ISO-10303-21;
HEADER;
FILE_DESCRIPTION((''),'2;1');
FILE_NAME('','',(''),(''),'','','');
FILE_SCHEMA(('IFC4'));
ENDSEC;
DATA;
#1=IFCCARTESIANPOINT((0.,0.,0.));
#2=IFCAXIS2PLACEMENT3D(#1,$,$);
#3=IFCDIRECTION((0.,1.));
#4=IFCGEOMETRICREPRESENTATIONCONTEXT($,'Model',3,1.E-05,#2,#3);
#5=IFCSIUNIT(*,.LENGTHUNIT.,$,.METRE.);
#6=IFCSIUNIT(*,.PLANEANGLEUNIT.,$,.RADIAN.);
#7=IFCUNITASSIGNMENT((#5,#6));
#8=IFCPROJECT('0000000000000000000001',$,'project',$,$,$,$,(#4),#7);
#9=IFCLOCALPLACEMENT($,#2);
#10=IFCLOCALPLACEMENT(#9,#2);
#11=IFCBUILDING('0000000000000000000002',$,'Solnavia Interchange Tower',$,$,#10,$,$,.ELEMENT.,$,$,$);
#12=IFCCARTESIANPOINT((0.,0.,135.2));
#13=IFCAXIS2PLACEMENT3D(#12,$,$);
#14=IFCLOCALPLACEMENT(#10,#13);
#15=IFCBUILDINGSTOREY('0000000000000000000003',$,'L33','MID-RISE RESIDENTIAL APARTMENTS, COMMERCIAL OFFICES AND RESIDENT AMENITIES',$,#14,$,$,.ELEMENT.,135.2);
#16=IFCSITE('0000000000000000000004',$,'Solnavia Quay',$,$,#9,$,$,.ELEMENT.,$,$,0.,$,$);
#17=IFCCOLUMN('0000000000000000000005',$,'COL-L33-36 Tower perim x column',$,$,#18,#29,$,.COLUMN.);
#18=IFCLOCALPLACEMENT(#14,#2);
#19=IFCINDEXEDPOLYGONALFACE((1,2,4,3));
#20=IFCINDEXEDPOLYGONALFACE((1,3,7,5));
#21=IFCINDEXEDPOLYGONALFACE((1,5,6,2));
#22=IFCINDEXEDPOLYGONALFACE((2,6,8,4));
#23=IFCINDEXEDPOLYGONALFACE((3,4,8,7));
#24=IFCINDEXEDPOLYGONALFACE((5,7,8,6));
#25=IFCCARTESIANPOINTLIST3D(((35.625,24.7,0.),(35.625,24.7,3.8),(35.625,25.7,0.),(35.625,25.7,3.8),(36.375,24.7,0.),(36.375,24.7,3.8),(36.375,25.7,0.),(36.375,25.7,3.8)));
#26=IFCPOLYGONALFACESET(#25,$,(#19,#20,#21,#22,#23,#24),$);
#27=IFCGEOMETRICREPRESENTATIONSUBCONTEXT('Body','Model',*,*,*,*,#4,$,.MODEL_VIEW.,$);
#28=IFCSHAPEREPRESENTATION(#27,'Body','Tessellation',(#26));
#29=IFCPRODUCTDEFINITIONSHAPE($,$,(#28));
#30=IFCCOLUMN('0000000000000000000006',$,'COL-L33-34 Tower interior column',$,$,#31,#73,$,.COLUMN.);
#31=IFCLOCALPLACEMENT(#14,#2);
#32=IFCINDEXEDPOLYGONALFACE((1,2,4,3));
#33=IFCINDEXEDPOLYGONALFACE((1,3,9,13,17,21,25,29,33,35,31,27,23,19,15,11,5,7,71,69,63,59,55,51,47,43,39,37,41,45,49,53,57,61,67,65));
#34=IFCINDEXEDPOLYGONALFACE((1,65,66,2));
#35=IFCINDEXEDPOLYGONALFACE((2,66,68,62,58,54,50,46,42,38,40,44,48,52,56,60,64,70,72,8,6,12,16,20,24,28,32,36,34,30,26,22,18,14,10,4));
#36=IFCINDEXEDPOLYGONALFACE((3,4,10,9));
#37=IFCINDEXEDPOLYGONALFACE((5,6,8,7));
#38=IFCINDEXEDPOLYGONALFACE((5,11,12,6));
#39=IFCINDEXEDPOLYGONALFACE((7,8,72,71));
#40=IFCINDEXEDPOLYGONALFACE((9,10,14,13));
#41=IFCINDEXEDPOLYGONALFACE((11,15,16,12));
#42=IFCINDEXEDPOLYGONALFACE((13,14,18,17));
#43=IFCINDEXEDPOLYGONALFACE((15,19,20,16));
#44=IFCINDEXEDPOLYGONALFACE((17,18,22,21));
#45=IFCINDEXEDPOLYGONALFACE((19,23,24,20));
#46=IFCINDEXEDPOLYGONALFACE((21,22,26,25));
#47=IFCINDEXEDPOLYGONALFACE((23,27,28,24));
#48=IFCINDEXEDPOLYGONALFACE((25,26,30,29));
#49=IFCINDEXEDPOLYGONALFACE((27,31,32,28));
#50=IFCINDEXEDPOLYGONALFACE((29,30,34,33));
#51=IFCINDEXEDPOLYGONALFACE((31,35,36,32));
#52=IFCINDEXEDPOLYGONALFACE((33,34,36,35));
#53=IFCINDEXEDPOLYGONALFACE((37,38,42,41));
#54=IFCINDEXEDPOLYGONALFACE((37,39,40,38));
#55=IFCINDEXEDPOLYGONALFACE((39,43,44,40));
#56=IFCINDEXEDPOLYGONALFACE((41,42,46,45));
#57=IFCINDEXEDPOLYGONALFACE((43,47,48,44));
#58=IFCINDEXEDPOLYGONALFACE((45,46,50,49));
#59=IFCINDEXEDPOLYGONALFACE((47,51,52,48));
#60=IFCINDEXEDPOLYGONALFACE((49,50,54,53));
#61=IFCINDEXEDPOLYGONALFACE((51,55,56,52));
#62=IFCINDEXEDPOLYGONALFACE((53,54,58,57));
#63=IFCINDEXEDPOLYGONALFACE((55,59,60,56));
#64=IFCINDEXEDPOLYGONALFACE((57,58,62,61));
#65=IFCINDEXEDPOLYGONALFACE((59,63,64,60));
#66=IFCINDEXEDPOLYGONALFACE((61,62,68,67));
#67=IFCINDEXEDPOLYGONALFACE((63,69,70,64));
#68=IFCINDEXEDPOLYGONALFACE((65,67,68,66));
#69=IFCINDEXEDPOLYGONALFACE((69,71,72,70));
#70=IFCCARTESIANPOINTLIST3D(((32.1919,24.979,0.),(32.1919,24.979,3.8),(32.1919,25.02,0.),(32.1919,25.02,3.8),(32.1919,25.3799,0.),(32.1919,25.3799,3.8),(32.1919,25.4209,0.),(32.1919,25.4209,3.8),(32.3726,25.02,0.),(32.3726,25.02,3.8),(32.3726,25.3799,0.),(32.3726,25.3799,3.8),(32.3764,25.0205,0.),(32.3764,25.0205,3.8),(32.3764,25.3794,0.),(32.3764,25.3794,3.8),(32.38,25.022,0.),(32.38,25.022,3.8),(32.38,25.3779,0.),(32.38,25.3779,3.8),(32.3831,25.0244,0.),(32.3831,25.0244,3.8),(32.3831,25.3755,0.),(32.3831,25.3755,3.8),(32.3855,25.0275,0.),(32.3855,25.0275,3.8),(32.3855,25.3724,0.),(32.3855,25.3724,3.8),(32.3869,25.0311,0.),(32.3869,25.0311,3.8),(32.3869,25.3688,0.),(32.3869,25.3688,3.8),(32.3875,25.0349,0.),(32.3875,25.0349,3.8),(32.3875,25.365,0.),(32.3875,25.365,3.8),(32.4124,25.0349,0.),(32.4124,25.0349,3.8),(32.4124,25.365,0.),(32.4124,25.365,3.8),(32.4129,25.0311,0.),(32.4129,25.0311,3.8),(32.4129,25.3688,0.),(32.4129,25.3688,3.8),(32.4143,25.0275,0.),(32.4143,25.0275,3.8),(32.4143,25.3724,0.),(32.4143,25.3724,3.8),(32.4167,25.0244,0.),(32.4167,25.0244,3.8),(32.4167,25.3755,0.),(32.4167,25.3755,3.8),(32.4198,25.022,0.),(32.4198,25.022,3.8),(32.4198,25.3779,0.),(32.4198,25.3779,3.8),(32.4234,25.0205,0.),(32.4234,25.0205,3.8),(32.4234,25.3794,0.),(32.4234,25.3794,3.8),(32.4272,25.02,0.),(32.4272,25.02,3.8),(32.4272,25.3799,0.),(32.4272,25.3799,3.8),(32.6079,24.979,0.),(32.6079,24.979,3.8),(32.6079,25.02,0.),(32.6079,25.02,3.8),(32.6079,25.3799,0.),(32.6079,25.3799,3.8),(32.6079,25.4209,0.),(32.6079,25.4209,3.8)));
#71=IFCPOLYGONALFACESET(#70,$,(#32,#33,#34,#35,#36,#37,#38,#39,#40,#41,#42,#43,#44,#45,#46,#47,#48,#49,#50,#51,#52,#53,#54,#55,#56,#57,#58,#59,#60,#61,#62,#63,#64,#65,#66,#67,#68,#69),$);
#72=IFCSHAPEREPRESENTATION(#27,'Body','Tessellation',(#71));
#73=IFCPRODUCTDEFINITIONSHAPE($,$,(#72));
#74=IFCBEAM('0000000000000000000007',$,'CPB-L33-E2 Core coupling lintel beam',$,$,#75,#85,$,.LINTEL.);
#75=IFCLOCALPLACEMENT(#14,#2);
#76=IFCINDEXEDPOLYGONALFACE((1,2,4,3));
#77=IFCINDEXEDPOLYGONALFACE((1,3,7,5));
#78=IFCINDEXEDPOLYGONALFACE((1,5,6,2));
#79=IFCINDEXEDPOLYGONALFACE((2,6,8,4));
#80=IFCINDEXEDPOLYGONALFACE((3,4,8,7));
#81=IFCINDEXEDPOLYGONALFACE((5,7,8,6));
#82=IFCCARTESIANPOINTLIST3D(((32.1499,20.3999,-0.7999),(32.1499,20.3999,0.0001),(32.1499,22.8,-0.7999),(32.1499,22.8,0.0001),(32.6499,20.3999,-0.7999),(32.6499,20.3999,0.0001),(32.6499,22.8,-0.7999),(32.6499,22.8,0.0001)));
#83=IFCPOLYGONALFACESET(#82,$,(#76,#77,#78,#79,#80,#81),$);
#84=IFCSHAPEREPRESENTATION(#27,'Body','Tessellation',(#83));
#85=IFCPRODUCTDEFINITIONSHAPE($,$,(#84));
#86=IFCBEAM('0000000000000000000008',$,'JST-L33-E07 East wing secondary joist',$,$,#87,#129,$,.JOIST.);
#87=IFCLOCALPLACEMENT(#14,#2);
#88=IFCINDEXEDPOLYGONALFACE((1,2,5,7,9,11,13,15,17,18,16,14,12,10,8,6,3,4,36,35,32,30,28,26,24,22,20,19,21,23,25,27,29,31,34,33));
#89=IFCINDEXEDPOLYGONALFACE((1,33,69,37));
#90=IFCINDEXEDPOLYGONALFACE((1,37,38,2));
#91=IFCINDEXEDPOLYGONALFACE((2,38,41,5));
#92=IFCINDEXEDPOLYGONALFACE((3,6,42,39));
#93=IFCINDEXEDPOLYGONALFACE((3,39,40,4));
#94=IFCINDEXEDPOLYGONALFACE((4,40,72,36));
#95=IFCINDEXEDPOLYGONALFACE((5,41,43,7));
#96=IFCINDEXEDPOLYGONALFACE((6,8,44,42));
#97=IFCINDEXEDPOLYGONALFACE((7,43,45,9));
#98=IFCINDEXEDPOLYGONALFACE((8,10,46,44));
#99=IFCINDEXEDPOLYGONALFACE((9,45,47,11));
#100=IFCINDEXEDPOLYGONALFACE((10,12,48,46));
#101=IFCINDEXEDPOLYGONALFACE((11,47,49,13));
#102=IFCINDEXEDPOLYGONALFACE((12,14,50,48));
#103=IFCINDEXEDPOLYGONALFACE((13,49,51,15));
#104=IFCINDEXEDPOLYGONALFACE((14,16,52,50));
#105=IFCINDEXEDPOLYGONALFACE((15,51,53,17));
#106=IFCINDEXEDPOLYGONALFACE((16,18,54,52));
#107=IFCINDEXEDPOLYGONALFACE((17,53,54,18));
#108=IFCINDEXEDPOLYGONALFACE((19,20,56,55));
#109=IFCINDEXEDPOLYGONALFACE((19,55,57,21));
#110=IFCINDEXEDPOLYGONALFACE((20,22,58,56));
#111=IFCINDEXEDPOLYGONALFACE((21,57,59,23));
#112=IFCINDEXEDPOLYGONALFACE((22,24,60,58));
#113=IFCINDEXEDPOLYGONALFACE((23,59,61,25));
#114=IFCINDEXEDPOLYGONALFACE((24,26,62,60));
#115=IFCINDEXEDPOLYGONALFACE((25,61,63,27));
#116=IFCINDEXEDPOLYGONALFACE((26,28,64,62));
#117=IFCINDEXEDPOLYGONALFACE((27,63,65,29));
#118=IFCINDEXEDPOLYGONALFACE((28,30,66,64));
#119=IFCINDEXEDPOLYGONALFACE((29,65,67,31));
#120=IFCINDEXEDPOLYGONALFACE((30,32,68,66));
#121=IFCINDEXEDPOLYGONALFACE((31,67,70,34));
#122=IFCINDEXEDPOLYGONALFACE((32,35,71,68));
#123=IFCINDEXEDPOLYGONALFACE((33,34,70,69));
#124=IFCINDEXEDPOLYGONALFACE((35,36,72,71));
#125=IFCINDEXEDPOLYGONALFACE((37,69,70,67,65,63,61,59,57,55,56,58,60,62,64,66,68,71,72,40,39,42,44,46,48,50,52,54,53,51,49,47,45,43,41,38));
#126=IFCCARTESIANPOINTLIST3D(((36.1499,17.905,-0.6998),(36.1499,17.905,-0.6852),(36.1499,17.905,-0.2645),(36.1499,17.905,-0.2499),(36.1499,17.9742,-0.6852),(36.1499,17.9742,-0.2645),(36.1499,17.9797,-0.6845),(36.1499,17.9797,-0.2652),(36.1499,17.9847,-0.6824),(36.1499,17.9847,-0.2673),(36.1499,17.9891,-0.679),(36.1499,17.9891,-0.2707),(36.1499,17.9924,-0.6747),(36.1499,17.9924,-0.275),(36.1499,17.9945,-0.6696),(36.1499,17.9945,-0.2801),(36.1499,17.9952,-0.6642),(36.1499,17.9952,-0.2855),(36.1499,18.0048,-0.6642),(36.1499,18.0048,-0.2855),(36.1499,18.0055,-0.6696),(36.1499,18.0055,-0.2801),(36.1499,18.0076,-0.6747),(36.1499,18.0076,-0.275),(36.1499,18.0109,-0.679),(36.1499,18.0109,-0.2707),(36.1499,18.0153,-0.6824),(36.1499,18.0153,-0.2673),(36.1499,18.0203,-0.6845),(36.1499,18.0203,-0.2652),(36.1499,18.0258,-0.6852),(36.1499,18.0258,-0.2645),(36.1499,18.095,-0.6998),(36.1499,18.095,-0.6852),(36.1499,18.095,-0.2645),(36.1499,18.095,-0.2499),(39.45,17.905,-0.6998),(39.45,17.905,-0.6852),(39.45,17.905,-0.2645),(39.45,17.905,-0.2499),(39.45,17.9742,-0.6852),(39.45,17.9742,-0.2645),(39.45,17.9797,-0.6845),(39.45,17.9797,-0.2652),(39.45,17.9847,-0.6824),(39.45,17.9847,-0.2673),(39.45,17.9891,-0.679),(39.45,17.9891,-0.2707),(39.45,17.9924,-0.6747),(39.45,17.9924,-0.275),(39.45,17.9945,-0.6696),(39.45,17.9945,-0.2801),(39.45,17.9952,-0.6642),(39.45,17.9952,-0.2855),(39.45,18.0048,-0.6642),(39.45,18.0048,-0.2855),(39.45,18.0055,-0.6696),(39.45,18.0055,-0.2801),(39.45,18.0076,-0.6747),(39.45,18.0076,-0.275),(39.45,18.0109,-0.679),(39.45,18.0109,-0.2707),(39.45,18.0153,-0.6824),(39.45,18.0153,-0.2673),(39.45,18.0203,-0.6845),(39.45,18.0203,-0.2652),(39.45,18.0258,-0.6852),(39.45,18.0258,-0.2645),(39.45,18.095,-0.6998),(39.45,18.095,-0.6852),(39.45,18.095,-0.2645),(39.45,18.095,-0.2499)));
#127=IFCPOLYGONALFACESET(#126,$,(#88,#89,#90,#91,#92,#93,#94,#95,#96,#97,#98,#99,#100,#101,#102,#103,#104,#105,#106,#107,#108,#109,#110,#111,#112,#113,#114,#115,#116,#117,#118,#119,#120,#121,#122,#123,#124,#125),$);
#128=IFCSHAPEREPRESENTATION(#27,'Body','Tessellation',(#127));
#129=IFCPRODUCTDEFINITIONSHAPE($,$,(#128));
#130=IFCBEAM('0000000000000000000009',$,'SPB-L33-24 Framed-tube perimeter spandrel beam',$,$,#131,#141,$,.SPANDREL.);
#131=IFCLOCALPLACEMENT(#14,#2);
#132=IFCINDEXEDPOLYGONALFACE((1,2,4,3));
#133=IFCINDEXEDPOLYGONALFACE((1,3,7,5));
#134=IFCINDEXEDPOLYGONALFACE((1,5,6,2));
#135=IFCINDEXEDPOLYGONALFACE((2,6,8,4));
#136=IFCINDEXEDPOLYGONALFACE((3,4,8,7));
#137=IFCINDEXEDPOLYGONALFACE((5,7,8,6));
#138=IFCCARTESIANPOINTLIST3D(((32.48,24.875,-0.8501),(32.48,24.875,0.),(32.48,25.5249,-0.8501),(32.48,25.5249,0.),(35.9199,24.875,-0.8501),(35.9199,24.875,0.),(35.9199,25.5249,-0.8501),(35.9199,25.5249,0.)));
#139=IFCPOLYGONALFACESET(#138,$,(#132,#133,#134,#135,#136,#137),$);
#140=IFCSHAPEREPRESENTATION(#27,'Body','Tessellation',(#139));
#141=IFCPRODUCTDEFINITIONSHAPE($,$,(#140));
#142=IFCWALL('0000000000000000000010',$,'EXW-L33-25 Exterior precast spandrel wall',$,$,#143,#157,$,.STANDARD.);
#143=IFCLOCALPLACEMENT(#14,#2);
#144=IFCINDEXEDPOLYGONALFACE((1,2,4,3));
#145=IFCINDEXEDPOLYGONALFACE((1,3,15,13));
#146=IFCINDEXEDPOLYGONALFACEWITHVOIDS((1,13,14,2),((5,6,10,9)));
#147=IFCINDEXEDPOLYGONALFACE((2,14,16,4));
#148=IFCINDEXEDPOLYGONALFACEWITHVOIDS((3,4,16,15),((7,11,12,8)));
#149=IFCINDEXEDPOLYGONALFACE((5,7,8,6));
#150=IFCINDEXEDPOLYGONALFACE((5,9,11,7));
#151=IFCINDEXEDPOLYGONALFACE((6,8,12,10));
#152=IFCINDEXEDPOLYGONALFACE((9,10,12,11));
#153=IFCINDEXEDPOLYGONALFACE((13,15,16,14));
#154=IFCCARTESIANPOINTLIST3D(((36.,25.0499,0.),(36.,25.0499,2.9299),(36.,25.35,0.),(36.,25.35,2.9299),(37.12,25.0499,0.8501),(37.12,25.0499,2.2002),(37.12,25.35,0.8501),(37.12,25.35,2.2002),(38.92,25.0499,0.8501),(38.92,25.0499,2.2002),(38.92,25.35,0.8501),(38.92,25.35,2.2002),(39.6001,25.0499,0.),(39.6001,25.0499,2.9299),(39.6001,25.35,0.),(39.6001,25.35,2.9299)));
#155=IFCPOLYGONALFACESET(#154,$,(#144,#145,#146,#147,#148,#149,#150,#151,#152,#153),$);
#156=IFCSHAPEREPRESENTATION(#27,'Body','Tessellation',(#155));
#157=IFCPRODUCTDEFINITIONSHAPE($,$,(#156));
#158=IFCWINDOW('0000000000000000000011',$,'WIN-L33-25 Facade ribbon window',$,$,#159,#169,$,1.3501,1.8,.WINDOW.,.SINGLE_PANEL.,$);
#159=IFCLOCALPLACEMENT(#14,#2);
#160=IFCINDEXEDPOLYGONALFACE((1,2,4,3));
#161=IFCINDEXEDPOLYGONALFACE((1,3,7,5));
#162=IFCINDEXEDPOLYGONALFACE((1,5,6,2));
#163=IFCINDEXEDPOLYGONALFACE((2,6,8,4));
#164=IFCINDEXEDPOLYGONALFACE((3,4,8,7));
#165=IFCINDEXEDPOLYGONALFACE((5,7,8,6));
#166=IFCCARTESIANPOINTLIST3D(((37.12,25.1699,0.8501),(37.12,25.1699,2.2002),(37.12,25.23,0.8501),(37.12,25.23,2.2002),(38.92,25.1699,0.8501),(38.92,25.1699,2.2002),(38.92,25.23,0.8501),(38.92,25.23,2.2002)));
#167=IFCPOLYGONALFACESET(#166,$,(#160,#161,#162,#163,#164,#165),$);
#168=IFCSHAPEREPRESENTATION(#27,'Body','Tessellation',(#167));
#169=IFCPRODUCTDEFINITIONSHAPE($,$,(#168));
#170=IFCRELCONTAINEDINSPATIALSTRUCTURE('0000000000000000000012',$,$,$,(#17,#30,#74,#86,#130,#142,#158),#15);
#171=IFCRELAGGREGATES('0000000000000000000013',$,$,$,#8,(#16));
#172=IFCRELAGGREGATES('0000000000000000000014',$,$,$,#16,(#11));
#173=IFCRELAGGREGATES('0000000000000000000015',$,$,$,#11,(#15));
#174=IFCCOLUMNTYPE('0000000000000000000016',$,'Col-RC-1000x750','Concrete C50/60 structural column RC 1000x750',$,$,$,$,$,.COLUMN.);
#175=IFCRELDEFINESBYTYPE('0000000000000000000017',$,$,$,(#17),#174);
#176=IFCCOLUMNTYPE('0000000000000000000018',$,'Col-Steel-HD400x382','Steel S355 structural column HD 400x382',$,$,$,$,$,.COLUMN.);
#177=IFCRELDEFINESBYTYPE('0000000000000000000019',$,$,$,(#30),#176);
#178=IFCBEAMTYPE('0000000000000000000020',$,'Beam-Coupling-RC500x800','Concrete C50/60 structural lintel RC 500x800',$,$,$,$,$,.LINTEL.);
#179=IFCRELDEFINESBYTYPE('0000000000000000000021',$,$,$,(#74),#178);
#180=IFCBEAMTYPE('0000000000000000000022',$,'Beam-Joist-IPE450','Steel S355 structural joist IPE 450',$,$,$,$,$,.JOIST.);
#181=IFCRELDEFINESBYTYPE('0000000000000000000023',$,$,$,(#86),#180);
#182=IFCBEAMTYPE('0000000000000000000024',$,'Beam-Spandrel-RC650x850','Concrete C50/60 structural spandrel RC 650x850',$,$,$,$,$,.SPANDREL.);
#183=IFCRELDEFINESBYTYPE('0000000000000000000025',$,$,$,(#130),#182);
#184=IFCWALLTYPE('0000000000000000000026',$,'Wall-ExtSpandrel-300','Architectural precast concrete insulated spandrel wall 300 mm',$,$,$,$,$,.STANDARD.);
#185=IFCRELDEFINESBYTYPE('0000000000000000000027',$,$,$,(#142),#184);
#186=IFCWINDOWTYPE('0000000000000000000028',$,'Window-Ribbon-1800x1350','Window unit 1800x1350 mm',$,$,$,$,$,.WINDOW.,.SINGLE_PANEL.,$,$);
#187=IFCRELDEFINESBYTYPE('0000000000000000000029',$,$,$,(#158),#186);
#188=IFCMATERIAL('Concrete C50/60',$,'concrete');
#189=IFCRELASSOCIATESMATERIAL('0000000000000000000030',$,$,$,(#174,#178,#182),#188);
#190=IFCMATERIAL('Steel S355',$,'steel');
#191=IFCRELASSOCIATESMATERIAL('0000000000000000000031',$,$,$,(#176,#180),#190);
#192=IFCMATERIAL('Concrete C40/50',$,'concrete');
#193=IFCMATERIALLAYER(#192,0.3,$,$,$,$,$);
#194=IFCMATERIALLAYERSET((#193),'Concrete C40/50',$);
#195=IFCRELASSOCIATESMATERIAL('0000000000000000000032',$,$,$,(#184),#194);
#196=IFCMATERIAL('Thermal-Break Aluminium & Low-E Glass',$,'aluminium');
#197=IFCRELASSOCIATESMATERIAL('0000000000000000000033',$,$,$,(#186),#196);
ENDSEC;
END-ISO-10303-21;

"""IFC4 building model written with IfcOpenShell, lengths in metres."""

from ifc_helpers import new_model, si_unit, direction, frame, frame_2d, origin, origin_2d, place, context, subcontext, project, spatial, rectangle, i_section, extrude, material, layer, layer_set, material_profile, profile_set, type_object, element, fill, save


model = new_model("IFC4")

# Units and contexts
model_context = context("Model", 3, precision=1e-05, world=origin(), true_north=direction((0.0, 1.0)))
body_context = subcontext(model_context, "Body", "Model", "MODEL_VIEW")
ifc_project = project(units=[si_unit("LENGTHUNIT", "METRE"), si_unit("PLANEANGLEUNIT", "RADIAN")], contexts=[model_context])

# Site, building, storey
site_placement = place(None, origin())
site = spatial("IfcSite", under=ifc_project, at=site_placement, Name="Solnavia Quay", CompositionType="ELEMENT", RefElevation=0.0)
building_placement = place(site_placement, origin())
building = spatial("IfcBuilding", under=site, at=building_placement, Name="Solnavia Interchange Tower", CompositionType="ELEMENT")
storey_placement = place(building_placement, frame((0.0, 0.0, 135.2)))
storey = spatial("IfcBuildingStorey", under=building, at=storey_placement, Name="L33", Description="MID-RISE RESIDENTIAL APARTMENTS, COMMERCIAL OFFICES AND RESIDENT AMENITIES", CompositionType="ELEMENT", Elevation=135.2)

# Columns
ifc_material_1 = material(Name="Concrete C50/60", Category="concrete")
ifc_material_profile_1 = material_profile(ifc_material_1, rectangle(XDim=0.75, YDim=1.0, at=origin_2d()), Name="RC 1000x750")
ifc_profile_set_1 = profile_set([ifc_material_profile_1], Name="Concrete C50/60")
column_type_1 = type_object("IfcColumnType", Name="Col-RC-1000x750", Description="Concrete C50/60 structural column RC 1000x750", PredefinedType="COLUMN", material=ifc_profile_set_1)
column_1_placement = place(storey_placement, frame((36.0, 25.2, 0.0), z_axis=(0.0, 0.0, 1.0), x_axis=(1.0, 0.0, 0.0)))
element("IfcColumn", 1, at=column_1_placement, inside=storey, type_object=column_type_1, Name="COL-L33-36 Tower perim x column", PredefinedType="COLUMN", context=body_context, shape_type="SweptSolid", body=[
    extrude(rectangle(XDim=0.75, YDim=1.0, at=origin_2d()), origin(), (0.0, 0.0, 1.0), 3.8),
])
ifc_material_2 = material(Name="Steel S355", Category="steel")
ifc_material_profile_2 = material_profile(ifc_material_2, i_section(OverallWidth=0.416, OverallDepth=0.4419, WebThickness=0.0249, FlangeThickness=0.041, FilletRadius=0.0149, at=origin_2d()), Name="HD 400x382")
ifc_profile_set_2 = profile_set([ifc_material_profile_2], Name="Steel S355")
column_type_2 = type_object("IfcColumnType", Name="Col-Steel-HD400x382", Description="Steel S355 structural column HD 400x382", PredefinedType="COLUMN", material=ifc_profile_set_2)
column_2_placement = place(storey_placement, frame((32.3999, 25.2, 0.0), z_axis=(0.0, 0.0, 1.0), x_axis=(1.0, 0.0, 0.0)))
element("IfcColumn", 2, at=column_2_placement, inside=storey, type_object=column_type_2, Name="COL-L33-34 Tower interior column", PredefinedType="COLUMN", context=body_context, shape_type="SweptSolid", body=[
    extrude(i_section(OverallWidth=0.416, OverallDepth=0.4419, WebThickness=0.0249, FlangeThickness=0.041, FilletRadius=0.0149, at=origin_2d()), origin(), (0.0, 0.0, 1.0), 3.8),
])

# Beams
ifc_material_profile_3 = material_profile(ifc_material_1, rectangle(XDim=0.5, YDim=0.8, at=origin_2d()), Name="RC 500x800")
ifc_profile_set_3 = profile_set([ifc_material_profile_3], Name="Concrete C50/60")
beam_type_1 = type_object("IfcBeamType", Name="Beam-Coupling-RC500x800", Description="Concrete C50/60 structural lintel RC 500x800", PredefinedType="LINTEL", material=ifc_profile_set_3)
beam_1_placement = place(storey_placement, frame((32.3999, 20.3999, -0.3999), z_axis=(0.0, 1.0, 0.0), x_axis=(-1.0, 0.0, 0.0)))
element("IfcBeam", 3, at=beam_1_placement, inside=storey, type_object=beam_type_1, Name="CPB-L33-E2 Core coupling lintel beam", PredefinedType="LINTEL", context=body_context, shape_type="SweptSolid", body=[
    extrude(rectangle(XDim=0.5, YDim=0.8, at=origin_2d()), origin(), (0.0, 0.0, 1.0), 2.4001),
])
ifc_material_profile_4 = material_profile(ifc_material_2, i_section(OverallWidth=0.1899, OverallDepth=0.45, WebThickness=0.0095, FlangeThickness=0.0146, FilletRadius=0.021, at=origin_2d()), Name="IPE 450")
ifc_profile_set_4 = profile_set([ifc_material_profile_4], Name="Steel S355")
beam_type_2 = type_object("IfcBeamType", Name="Beam-Joist-IPE450", Description="Steel S355 structural joist IPE 450", PredefinedType="JOIST", material=ifc_profile_set_4)
beam_2_placement = place(storey_placement, frame((36.1499, 18.0, -0.4749), z_axis=(1.0, 0.0, 0.0), x_axis=(0.0, 1.0, 0.0)))
element("IfcBeam", 4, at=beam_2_placement, inside=storey, type_object=beam_type_2, Name="JST-L33-E07 East wing secondary joist", PredefinedType="JOIST", context=body_context, shape_type="SweptSolid", body=[
    extrude(i_section(OverallWidth=0.1899, OverallDepth=0.45, WebThickness=0.0095, FlangeThickness=0.0146, FilletRadius=0.021, at=origin_2d()), origin(), (0.0, 0.0, 1.0), 3.3),
])
ifc_material_profile_5 = material_profile(ifc_material_1, rectangle(XDim=0.6499, YDim=0.8501, at=origin_2d()), Name="RC 650x850")
ifc_profile_set_5 = profile_set([ifc_material_profile_5], Name="Concrete C50/60")
beam_type_3 = type_object("IfcBeamType", Name="Beam-Spandrel-RC650x850", Description="Concrete C50/60 structural spandrel RC 650x850", PredefinedType="SPANDREL", material=ifc_profile_set_5)
beam_3_placement = place(storey_placement, frame((35.9199, 25.2, -0.425), z_axis=(-1.0, 0.0, 0.0), x_axis=(0.0, -1.0, 0.0)))
element("IfcBeam", 5, at=beam_3_placement, inside=storey, type_object=beam_type_3, Name="SPB-L33-24 Framed-tube perimeter spandrel beam", PredefinedType="SPANDREL", context=body_context, shape_type="SweptSolid", body=[
    extrude(rectangle(XDim=0.6499, YDim=0.8501, at=origin_2d()), origin(), (0.0, 0.0, 1.0), 3.4399),
])

# Wall, opening, window
ifc_material_3 = material(Name="Concrete C40/50", Category="concrete")
ifc_layer_1 = layer(ifc_material_3, 0.3)
ifc_layer_set_1 = layer_set([ifc_layer_1], Name="Concrete C40/50")
wall_type_1 = type_object("IfcWallType", Name="Wall-ExtSpandrel-300", Description="Architectural precast concrete insulated spandrel wall 300 mm", PredefinedType="STANDARD", material=ifc_layer_set_1)
wall_1_placement = place(storey_placement, frame((36.0, 25.2, 0.0), z_axis=(0.0, 0.0, 1.0), x_axis=(1.0, 0.0, 0.0)))
wall_1 = element("IfcWall", 6, at=wall_1_placement, inside=storey, type_object=wall_type_1, Name="EXW-L33-25 Exterior precast spandrel wall", PredefinedType="STANDARD", context=body_context, shape_type="SweptSolid", body=[
    extrude(rectangle(XDim=3.6001, YDim=0.3, at=frame_2d((1.8, 0.0))), origin(), (0.0, 0.0, 1.0), 2.9299),
])
opening_1_placement = place(wall_1_placement, frame((1.1201, 0.0, 0.8501)))
opening_1 = element("IfcOpeningElement", 7, at=opening_1_placement, cuts=wall_1, PredefinedType="OPENING", context=body_context, shape_type="SweptSolid", body=[
    extrude(rectangle(XDim=1.8, YDim=1.3501, at=frame_2d((0.8999, 0.675))), frame((0.0, 0.1602, 0.0), z_axis=(0.0, -1.0, 0.0), x_axis=(1.0, 0.0, 0.0)), (0.0, 0.0, 1.0), 0.3201),
])
ifc_material_4 = material(Name="Thermal-Break Aluminium & Low-E Glass", Category="aluminium")
window_type = type_object("IfcWindowType", Name="Window-Ribbon-1800x1350", Description="Window unit 1800x1350 mm", PartitioningType="SINGLE_PANEL", PredefinedType="WINDOW", material=ifc_material_4)
window_placement = place(opening_1_placement, origin())
window = element("IfcWindow", 8, at=window_placement, inside=storey, type_object=window_type, Name="WIN-L33-25 Facade ribbon window", OverallHeight=1.3501, OverallWidth=1.8, PartitioningType="SINGLE_PANEL", PredefinedType="WINDOW", context=body_context, shape_type="SweptSolid", body=[
    extrude(rectangle(XDim=1.8, YDim=1.3501, at=frame_2d((0.8999, 0.675))), frame((0.0, 0.03, 0.0), z_axis=(0.0, -1.0, 0.0), x_axis=(1.0, 0.0, 0.0)), (0.0, 0.0, 1.0), 0.0601),
])
fill(opening_1, window)

save(model, "model.ifc")
